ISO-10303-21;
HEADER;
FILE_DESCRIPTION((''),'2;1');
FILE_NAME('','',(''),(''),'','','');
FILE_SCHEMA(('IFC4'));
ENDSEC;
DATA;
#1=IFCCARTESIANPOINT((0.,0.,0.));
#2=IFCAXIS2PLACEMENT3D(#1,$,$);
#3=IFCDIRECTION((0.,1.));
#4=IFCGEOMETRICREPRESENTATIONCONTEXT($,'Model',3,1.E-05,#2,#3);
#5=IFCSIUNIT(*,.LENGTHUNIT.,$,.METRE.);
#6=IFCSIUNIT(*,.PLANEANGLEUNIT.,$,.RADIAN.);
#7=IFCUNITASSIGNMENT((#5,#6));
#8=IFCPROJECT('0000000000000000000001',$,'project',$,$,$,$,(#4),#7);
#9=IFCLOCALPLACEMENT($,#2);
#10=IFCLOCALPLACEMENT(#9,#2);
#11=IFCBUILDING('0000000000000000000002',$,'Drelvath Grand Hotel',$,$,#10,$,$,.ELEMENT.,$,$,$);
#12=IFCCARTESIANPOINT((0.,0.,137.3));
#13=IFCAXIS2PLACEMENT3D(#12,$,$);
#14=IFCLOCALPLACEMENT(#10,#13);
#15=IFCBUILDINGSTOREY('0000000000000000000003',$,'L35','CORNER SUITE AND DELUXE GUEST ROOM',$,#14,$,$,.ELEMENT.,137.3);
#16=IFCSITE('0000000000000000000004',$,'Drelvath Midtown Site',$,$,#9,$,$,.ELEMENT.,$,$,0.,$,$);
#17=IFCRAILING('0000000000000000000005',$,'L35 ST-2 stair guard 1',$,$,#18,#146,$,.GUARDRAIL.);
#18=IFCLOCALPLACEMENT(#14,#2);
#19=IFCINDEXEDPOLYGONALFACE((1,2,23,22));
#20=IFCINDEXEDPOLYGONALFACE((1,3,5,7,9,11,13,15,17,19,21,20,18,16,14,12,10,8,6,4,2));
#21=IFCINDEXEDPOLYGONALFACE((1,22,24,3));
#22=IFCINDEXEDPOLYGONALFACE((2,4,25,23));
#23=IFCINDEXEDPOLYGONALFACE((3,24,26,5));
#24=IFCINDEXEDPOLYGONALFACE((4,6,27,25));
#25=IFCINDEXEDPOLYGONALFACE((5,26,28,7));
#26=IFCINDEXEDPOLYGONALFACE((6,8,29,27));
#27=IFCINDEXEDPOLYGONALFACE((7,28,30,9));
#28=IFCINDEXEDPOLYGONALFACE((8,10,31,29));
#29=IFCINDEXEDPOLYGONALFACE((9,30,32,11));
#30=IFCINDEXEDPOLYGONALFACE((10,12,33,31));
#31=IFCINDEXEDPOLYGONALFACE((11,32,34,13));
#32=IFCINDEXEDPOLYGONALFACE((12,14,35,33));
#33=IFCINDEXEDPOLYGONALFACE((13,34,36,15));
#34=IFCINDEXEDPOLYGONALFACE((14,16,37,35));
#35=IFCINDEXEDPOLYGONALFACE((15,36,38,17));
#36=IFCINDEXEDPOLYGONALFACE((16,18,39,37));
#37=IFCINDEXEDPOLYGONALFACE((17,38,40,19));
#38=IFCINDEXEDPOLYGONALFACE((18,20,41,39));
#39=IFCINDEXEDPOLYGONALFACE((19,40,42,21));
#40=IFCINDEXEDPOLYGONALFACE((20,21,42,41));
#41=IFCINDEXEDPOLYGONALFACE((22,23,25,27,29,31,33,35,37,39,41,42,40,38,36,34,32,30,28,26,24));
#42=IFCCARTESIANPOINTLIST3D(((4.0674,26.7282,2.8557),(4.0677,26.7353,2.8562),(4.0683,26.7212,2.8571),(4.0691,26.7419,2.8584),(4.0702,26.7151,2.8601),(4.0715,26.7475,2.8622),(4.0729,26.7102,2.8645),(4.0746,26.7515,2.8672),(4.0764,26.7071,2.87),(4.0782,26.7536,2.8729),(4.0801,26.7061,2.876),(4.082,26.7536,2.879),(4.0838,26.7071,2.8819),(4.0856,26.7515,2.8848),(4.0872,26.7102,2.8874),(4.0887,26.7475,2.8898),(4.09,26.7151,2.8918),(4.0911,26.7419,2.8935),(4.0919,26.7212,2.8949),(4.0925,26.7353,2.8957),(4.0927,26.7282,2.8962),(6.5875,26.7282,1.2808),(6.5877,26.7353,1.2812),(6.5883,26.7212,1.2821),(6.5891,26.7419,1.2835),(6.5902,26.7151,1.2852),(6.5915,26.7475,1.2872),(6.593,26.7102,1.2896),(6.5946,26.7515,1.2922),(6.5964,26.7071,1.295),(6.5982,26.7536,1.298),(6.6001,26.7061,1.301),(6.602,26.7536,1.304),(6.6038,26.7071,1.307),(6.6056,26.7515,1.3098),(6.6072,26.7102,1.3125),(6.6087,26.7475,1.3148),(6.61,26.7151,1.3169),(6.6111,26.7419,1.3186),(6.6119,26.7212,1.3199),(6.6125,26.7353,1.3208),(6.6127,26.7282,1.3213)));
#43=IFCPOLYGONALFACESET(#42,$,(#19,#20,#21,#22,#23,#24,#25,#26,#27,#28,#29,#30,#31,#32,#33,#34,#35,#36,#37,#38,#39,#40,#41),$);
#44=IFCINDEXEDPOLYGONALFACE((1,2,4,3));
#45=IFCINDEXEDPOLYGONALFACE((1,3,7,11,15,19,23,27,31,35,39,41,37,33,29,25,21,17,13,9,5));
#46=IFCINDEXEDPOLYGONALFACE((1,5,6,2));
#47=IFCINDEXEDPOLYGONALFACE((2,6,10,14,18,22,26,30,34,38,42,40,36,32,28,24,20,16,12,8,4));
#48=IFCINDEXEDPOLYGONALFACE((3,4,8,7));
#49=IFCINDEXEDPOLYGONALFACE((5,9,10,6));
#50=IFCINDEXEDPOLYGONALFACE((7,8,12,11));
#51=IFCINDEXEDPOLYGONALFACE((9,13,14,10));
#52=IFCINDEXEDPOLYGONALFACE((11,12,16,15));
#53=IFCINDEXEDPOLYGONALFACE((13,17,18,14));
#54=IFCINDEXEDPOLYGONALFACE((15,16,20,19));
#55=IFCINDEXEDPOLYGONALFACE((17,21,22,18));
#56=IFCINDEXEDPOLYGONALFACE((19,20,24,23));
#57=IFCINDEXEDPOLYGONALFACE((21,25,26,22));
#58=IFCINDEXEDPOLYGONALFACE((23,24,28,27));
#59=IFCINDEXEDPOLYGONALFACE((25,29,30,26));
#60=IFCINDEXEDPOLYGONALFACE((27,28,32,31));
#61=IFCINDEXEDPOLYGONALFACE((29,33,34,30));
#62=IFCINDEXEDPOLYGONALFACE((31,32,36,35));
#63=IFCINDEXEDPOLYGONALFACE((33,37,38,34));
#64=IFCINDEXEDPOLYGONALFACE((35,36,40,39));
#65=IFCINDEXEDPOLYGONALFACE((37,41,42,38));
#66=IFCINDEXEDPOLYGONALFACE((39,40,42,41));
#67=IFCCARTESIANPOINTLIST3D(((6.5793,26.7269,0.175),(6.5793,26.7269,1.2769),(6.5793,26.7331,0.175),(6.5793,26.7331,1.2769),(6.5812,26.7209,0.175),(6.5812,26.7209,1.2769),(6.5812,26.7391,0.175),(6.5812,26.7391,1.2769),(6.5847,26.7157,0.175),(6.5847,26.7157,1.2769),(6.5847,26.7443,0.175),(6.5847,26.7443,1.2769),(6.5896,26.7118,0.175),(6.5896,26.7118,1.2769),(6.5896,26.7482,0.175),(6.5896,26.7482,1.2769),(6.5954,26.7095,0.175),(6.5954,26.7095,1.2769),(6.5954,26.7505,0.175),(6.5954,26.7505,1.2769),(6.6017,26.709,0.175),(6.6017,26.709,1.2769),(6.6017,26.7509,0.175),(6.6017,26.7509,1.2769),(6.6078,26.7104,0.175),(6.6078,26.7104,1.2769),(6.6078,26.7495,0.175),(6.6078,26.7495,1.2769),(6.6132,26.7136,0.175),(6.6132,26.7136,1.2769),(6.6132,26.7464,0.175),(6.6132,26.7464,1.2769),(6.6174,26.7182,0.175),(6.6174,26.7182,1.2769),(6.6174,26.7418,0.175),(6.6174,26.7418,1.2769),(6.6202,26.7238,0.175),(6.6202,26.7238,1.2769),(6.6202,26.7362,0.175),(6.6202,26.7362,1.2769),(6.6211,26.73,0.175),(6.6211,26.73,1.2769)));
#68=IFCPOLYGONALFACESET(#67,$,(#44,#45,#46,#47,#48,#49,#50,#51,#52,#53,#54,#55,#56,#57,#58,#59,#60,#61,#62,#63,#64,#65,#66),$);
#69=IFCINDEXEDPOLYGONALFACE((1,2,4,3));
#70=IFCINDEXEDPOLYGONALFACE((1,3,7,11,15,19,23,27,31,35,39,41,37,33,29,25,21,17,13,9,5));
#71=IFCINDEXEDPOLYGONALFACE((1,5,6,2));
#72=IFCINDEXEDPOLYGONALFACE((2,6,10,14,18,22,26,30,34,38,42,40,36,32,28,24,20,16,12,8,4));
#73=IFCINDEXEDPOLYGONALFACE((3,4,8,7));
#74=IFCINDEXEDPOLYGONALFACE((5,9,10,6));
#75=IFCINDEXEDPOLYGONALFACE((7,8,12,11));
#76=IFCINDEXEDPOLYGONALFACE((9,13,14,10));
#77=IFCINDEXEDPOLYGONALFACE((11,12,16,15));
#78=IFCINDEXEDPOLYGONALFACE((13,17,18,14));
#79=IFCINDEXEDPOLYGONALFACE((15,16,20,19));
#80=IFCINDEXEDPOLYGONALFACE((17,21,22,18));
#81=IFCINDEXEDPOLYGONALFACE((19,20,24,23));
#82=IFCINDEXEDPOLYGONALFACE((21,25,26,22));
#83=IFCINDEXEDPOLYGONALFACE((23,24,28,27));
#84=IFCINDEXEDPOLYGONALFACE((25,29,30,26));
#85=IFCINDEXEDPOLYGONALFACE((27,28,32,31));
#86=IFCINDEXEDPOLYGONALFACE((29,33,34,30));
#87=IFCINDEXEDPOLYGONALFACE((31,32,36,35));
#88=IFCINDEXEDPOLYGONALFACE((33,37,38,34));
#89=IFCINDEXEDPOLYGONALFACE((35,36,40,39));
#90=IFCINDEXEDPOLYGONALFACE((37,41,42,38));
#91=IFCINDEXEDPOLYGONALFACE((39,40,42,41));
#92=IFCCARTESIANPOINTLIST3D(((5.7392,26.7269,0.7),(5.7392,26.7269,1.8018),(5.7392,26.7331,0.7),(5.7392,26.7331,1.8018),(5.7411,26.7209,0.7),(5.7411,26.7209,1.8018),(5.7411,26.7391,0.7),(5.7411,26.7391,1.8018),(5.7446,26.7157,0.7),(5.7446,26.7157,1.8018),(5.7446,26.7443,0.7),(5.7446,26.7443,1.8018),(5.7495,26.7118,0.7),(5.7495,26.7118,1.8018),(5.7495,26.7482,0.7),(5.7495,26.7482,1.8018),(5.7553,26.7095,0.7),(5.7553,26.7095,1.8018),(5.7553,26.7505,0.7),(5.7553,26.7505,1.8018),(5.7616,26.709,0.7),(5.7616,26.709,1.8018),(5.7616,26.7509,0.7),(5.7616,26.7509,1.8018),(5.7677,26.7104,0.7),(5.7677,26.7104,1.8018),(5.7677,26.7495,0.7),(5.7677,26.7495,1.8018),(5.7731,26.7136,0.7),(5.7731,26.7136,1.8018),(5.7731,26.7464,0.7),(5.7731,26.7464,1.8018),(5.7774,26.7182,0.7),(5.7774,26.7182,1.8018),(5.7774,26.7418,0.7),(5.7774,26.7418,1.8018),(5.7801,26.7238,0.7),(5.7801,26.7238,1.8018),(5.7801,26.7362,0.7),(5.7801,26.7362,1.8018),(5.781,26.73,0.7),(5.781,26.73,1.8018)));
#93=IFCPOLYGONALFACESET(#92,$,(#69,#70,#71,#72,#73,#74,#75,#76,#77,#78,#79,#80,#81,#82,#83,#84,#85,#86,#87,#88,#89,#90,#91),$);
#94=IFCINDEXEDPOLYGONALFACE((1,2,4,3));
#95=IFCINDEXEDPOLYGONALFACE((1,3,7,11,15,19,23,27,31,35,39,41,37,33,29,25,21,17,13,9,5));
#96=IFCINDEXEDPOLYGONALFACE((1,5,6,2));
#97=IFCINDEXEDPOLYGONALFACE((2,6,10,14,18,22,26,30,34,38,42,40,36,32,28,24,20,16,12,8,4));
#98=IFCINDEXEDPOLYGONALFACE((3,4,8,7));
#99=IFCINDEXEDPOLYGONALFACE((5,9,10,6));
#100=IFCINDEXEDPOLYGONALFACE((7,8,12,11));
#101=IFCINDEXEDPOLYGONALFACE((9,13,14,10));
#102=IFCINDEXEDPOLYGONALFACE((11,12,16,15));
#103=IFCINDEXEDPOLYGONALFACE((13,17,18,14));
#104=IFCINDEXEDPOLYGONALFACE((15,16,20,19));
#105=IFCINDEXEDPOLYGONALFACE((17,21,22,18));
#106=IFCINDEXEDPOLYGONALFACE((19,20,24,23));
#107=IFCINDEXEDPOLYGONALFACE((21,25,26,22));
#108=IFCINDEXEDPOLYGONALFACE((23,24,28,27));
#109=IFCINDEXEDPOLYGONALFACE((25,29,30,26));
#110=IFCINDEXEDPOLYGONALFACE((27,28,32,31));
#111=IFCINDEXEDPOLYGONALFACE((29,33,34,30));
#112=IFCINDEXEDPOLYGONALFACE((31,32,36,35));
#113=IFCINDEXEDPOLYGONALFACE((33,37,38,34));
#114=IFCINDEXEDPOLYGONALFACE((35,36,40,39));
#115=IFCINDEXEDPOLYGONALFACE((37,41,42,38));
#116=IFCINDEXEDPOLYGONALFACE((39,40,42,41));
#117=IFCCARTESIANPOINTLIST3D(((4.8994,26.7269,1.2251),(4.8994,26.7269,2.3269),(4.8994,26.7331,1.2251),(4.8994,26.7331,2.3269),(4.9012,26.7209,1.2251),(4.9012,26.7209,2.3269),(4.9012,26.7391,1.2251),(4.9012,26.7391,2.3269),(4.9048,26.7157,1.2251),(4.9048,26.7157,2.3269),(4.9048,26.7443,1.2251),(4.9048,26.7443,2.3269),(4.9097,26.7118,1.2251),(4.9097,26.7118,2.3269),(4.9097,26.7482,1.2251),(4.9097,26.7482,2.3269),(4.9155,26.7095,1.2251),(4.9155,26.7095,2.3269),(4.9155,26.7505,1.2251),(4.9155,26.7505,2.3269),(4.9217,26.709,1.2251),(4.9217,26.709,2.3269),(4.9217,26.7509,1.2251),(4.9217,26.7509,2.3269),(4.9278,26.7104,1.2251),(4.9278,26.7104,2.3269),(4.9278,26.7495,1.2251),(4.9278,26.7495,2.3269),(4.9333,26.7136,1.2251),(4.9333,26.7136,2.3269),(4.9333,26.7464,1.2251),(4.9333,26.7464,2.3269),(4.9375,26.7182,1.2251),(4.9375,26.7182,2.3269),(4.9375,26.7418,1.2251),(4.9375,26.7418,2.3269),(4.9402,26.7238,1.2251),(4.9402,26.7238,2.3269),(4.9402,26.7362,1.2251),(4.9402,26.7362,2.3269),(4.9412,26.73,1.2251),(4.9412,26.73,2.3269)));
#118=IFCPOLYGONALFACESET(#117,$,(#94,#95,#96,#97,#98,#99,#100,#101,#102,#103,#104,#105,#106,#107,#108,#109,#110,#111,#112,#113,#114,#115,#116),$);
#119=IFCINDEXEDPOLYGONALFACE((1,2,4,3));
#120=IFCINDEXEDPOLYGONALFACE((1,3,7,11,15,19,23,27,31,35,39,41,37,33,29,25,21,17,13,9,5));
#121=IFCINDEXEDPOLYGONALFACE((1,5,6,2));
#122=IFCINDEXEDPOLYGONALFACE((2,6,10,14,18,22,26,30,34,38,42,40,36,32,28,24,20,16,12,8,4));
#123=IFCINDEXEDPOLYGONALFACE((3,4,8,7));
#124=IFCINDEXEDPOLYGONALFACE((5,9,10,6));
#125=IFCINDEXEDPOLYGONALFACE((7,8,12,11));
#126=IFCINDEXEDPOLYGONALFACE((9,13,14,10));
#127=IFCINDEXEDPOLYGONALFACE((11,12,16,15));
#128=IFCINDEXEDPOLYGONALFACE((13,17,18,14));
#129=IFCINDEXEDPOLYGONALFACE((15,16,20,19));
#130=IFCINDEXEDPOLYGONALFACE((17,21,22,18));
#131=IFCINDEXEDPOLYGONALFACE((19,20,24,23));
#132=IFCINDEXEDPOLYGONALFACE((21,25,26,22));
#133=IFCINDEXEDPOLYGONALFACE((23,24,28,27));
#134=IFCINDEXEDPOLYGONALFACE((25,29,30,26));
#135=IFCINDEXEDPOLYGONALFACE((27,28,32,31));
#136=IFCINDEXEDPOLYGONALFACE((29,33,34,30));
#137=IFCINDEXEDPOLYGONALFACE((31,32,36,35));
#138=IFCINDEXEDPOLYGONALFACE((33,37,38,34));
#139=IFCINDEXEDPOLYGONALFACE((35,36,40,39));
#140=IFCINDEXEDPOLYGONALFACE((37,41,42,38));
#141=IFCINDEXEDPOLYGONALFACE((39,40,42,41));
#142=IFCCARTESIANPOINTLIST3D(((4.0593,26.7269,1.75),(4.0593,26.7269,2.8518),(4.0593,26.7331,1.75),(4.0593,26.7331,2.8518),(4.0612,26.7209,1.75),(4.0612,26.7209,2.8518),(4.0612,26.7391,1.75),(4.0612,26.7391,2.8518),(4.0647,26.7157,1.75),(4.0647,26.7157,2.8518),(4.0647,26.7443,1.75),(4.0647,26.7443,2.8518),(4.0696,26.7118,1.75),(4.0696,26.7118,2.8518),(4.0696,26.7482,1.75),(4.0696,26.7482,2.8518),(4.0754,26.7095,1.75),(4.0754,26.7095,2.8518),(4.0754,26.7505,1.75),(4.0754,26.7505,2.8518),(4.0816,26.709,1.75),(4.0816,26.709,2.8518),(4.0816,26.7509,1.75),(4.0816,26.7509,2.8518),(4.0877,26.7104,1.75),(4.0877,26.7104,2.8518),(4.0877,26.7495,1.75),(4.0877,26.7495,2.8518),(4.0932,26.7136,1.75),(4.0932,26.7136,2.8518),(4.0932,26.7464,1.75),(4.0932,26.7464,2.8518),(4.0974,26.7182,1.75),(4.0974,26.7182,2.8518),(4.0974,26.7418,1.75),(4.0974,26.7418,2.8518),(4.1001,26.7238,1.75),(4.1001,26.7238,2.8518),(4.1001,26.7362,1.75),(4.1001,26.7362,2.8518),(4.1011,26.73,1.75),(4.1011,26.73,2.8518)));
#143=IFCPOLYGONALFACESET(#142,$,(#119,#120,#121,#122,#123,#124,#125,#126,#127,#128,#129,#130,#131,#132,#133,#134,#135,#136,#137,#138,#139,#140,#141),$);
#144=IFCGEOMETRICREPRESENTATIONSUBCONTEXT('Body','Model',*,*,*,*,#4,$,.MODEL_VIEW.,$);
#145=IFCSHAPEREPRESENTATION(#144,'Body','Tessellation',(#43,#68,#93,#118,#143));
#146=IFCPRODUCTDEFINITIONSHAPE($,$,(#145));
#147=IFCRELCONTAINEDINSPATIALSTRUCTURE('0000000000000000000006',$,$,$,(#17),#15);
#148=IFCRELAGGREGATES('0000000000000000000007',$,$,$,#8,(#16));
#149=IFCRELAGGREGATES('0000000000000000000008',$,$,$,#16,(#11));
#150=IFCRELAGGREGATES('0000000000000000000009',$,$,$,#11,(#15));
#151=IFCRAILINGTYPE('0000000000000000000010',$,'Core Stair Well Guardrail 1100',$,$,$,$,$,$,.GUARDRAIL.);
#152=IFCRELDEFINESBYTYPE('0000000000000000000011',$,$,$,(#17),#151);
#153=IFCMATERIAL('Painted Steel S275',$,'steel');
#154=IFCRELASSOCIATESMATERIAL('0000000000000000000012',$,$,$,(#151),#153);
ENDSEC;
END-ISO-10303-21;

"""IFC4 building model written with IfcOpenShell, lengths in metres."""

from ifc_helpers import new_model, si_unit, direction, frame, origin, origin_2d, place, context, subcontext, project, spatial, circle, extrude, material, type_object, element, save


model = new_model("IFC4")

# Units and contexts
model_context = context("Model", 3, precision=1e-05, world=origin(), true_north=direction((0.0, 1.0)))
body_context = subcontext(model_context, "Body", "Model", "MODEL_VIEW")
ifc_project = project(units=[si_unit("LENGTHUNIT", "METRE"), si_unit("PLANEANGLEUNIT", "RADIAN")], contexts=[model_context])

# Site, building, storey
site_placement = place(None, origin())
site = spatial("IfcSite", under=ifc_project, at=site_placement, Name="Drelvath Midtown Site", CompositionType="ELEMENT", RefElevation=0.0)
building_placement = place(site_placement, origin())
building = spatial("IfcBuilding", under=site, at=building_placement, Name="Drelvath Grand Hotel", CompositionType="ELEMENT")
storey_placement = place(building_placement, frame((0.0, 0.0, 137.3)))
storey = spatial("IfcBuildingStorey", under=building, at=storey_placement, Name="L35", Description="CORNER SUITE AND DELUXE GUEST ROOM", CompositionType="ELEMENT", Elevation=137.3)

# Railing
ifc_material_1 = material(Name="Painted Steel S275", Category="steel")
railing_type_1 = type_object("IfcRailingType", Name="Core Stair Well Guardrail 1100", PredefinedType="GUARDRAIL", material=ifc_material_1)
railing_1_placement = place(storey_placement, frame((6.6001, 26.73, 0.175)))
element("IfcRailing", 1, at=railing_1_placement, inside=storey, type_object=railing_type_1, Name="L35 ST-2 stair guard 1", PredefinedType="GUARDRAIL", context=body_context, shape_type="SweptSolid", body=[
    extrude(circle(Radius=0.0239, at=origin_2d()), frame((0.0, 0.0, 1.126), z_axis=(-0.848008, 0.0, 0.529984), x_axis=(0.0, -1.0, 0.0)), (0.0, 0.0, 1.0), 2.9717),
    extrude(circle(Radius=0.021, at=origin_2d()), origin(), (0.0, 0.0, 1.0), 1.1018),
    extrude(circle(Radius=0.021, at=origin_2d()), frame((-0.8401, 0.0, 0.5249)), (0.0, 0.0, 1.0), 1.1018),
    extrude(circle(Radius=0.021, at=origin_2d()), frame((-1.6799, 0.0, 1.05)), (0.0, 0.0, 1.0), 1.1018),
    extrude(circle(Radius=0.021, at=origin_2d()), frame((-2.52, 0.0, 1.575)), (0.0, 0.0, 1.0), 1.1018),
])

save(model, "model.ifc")
